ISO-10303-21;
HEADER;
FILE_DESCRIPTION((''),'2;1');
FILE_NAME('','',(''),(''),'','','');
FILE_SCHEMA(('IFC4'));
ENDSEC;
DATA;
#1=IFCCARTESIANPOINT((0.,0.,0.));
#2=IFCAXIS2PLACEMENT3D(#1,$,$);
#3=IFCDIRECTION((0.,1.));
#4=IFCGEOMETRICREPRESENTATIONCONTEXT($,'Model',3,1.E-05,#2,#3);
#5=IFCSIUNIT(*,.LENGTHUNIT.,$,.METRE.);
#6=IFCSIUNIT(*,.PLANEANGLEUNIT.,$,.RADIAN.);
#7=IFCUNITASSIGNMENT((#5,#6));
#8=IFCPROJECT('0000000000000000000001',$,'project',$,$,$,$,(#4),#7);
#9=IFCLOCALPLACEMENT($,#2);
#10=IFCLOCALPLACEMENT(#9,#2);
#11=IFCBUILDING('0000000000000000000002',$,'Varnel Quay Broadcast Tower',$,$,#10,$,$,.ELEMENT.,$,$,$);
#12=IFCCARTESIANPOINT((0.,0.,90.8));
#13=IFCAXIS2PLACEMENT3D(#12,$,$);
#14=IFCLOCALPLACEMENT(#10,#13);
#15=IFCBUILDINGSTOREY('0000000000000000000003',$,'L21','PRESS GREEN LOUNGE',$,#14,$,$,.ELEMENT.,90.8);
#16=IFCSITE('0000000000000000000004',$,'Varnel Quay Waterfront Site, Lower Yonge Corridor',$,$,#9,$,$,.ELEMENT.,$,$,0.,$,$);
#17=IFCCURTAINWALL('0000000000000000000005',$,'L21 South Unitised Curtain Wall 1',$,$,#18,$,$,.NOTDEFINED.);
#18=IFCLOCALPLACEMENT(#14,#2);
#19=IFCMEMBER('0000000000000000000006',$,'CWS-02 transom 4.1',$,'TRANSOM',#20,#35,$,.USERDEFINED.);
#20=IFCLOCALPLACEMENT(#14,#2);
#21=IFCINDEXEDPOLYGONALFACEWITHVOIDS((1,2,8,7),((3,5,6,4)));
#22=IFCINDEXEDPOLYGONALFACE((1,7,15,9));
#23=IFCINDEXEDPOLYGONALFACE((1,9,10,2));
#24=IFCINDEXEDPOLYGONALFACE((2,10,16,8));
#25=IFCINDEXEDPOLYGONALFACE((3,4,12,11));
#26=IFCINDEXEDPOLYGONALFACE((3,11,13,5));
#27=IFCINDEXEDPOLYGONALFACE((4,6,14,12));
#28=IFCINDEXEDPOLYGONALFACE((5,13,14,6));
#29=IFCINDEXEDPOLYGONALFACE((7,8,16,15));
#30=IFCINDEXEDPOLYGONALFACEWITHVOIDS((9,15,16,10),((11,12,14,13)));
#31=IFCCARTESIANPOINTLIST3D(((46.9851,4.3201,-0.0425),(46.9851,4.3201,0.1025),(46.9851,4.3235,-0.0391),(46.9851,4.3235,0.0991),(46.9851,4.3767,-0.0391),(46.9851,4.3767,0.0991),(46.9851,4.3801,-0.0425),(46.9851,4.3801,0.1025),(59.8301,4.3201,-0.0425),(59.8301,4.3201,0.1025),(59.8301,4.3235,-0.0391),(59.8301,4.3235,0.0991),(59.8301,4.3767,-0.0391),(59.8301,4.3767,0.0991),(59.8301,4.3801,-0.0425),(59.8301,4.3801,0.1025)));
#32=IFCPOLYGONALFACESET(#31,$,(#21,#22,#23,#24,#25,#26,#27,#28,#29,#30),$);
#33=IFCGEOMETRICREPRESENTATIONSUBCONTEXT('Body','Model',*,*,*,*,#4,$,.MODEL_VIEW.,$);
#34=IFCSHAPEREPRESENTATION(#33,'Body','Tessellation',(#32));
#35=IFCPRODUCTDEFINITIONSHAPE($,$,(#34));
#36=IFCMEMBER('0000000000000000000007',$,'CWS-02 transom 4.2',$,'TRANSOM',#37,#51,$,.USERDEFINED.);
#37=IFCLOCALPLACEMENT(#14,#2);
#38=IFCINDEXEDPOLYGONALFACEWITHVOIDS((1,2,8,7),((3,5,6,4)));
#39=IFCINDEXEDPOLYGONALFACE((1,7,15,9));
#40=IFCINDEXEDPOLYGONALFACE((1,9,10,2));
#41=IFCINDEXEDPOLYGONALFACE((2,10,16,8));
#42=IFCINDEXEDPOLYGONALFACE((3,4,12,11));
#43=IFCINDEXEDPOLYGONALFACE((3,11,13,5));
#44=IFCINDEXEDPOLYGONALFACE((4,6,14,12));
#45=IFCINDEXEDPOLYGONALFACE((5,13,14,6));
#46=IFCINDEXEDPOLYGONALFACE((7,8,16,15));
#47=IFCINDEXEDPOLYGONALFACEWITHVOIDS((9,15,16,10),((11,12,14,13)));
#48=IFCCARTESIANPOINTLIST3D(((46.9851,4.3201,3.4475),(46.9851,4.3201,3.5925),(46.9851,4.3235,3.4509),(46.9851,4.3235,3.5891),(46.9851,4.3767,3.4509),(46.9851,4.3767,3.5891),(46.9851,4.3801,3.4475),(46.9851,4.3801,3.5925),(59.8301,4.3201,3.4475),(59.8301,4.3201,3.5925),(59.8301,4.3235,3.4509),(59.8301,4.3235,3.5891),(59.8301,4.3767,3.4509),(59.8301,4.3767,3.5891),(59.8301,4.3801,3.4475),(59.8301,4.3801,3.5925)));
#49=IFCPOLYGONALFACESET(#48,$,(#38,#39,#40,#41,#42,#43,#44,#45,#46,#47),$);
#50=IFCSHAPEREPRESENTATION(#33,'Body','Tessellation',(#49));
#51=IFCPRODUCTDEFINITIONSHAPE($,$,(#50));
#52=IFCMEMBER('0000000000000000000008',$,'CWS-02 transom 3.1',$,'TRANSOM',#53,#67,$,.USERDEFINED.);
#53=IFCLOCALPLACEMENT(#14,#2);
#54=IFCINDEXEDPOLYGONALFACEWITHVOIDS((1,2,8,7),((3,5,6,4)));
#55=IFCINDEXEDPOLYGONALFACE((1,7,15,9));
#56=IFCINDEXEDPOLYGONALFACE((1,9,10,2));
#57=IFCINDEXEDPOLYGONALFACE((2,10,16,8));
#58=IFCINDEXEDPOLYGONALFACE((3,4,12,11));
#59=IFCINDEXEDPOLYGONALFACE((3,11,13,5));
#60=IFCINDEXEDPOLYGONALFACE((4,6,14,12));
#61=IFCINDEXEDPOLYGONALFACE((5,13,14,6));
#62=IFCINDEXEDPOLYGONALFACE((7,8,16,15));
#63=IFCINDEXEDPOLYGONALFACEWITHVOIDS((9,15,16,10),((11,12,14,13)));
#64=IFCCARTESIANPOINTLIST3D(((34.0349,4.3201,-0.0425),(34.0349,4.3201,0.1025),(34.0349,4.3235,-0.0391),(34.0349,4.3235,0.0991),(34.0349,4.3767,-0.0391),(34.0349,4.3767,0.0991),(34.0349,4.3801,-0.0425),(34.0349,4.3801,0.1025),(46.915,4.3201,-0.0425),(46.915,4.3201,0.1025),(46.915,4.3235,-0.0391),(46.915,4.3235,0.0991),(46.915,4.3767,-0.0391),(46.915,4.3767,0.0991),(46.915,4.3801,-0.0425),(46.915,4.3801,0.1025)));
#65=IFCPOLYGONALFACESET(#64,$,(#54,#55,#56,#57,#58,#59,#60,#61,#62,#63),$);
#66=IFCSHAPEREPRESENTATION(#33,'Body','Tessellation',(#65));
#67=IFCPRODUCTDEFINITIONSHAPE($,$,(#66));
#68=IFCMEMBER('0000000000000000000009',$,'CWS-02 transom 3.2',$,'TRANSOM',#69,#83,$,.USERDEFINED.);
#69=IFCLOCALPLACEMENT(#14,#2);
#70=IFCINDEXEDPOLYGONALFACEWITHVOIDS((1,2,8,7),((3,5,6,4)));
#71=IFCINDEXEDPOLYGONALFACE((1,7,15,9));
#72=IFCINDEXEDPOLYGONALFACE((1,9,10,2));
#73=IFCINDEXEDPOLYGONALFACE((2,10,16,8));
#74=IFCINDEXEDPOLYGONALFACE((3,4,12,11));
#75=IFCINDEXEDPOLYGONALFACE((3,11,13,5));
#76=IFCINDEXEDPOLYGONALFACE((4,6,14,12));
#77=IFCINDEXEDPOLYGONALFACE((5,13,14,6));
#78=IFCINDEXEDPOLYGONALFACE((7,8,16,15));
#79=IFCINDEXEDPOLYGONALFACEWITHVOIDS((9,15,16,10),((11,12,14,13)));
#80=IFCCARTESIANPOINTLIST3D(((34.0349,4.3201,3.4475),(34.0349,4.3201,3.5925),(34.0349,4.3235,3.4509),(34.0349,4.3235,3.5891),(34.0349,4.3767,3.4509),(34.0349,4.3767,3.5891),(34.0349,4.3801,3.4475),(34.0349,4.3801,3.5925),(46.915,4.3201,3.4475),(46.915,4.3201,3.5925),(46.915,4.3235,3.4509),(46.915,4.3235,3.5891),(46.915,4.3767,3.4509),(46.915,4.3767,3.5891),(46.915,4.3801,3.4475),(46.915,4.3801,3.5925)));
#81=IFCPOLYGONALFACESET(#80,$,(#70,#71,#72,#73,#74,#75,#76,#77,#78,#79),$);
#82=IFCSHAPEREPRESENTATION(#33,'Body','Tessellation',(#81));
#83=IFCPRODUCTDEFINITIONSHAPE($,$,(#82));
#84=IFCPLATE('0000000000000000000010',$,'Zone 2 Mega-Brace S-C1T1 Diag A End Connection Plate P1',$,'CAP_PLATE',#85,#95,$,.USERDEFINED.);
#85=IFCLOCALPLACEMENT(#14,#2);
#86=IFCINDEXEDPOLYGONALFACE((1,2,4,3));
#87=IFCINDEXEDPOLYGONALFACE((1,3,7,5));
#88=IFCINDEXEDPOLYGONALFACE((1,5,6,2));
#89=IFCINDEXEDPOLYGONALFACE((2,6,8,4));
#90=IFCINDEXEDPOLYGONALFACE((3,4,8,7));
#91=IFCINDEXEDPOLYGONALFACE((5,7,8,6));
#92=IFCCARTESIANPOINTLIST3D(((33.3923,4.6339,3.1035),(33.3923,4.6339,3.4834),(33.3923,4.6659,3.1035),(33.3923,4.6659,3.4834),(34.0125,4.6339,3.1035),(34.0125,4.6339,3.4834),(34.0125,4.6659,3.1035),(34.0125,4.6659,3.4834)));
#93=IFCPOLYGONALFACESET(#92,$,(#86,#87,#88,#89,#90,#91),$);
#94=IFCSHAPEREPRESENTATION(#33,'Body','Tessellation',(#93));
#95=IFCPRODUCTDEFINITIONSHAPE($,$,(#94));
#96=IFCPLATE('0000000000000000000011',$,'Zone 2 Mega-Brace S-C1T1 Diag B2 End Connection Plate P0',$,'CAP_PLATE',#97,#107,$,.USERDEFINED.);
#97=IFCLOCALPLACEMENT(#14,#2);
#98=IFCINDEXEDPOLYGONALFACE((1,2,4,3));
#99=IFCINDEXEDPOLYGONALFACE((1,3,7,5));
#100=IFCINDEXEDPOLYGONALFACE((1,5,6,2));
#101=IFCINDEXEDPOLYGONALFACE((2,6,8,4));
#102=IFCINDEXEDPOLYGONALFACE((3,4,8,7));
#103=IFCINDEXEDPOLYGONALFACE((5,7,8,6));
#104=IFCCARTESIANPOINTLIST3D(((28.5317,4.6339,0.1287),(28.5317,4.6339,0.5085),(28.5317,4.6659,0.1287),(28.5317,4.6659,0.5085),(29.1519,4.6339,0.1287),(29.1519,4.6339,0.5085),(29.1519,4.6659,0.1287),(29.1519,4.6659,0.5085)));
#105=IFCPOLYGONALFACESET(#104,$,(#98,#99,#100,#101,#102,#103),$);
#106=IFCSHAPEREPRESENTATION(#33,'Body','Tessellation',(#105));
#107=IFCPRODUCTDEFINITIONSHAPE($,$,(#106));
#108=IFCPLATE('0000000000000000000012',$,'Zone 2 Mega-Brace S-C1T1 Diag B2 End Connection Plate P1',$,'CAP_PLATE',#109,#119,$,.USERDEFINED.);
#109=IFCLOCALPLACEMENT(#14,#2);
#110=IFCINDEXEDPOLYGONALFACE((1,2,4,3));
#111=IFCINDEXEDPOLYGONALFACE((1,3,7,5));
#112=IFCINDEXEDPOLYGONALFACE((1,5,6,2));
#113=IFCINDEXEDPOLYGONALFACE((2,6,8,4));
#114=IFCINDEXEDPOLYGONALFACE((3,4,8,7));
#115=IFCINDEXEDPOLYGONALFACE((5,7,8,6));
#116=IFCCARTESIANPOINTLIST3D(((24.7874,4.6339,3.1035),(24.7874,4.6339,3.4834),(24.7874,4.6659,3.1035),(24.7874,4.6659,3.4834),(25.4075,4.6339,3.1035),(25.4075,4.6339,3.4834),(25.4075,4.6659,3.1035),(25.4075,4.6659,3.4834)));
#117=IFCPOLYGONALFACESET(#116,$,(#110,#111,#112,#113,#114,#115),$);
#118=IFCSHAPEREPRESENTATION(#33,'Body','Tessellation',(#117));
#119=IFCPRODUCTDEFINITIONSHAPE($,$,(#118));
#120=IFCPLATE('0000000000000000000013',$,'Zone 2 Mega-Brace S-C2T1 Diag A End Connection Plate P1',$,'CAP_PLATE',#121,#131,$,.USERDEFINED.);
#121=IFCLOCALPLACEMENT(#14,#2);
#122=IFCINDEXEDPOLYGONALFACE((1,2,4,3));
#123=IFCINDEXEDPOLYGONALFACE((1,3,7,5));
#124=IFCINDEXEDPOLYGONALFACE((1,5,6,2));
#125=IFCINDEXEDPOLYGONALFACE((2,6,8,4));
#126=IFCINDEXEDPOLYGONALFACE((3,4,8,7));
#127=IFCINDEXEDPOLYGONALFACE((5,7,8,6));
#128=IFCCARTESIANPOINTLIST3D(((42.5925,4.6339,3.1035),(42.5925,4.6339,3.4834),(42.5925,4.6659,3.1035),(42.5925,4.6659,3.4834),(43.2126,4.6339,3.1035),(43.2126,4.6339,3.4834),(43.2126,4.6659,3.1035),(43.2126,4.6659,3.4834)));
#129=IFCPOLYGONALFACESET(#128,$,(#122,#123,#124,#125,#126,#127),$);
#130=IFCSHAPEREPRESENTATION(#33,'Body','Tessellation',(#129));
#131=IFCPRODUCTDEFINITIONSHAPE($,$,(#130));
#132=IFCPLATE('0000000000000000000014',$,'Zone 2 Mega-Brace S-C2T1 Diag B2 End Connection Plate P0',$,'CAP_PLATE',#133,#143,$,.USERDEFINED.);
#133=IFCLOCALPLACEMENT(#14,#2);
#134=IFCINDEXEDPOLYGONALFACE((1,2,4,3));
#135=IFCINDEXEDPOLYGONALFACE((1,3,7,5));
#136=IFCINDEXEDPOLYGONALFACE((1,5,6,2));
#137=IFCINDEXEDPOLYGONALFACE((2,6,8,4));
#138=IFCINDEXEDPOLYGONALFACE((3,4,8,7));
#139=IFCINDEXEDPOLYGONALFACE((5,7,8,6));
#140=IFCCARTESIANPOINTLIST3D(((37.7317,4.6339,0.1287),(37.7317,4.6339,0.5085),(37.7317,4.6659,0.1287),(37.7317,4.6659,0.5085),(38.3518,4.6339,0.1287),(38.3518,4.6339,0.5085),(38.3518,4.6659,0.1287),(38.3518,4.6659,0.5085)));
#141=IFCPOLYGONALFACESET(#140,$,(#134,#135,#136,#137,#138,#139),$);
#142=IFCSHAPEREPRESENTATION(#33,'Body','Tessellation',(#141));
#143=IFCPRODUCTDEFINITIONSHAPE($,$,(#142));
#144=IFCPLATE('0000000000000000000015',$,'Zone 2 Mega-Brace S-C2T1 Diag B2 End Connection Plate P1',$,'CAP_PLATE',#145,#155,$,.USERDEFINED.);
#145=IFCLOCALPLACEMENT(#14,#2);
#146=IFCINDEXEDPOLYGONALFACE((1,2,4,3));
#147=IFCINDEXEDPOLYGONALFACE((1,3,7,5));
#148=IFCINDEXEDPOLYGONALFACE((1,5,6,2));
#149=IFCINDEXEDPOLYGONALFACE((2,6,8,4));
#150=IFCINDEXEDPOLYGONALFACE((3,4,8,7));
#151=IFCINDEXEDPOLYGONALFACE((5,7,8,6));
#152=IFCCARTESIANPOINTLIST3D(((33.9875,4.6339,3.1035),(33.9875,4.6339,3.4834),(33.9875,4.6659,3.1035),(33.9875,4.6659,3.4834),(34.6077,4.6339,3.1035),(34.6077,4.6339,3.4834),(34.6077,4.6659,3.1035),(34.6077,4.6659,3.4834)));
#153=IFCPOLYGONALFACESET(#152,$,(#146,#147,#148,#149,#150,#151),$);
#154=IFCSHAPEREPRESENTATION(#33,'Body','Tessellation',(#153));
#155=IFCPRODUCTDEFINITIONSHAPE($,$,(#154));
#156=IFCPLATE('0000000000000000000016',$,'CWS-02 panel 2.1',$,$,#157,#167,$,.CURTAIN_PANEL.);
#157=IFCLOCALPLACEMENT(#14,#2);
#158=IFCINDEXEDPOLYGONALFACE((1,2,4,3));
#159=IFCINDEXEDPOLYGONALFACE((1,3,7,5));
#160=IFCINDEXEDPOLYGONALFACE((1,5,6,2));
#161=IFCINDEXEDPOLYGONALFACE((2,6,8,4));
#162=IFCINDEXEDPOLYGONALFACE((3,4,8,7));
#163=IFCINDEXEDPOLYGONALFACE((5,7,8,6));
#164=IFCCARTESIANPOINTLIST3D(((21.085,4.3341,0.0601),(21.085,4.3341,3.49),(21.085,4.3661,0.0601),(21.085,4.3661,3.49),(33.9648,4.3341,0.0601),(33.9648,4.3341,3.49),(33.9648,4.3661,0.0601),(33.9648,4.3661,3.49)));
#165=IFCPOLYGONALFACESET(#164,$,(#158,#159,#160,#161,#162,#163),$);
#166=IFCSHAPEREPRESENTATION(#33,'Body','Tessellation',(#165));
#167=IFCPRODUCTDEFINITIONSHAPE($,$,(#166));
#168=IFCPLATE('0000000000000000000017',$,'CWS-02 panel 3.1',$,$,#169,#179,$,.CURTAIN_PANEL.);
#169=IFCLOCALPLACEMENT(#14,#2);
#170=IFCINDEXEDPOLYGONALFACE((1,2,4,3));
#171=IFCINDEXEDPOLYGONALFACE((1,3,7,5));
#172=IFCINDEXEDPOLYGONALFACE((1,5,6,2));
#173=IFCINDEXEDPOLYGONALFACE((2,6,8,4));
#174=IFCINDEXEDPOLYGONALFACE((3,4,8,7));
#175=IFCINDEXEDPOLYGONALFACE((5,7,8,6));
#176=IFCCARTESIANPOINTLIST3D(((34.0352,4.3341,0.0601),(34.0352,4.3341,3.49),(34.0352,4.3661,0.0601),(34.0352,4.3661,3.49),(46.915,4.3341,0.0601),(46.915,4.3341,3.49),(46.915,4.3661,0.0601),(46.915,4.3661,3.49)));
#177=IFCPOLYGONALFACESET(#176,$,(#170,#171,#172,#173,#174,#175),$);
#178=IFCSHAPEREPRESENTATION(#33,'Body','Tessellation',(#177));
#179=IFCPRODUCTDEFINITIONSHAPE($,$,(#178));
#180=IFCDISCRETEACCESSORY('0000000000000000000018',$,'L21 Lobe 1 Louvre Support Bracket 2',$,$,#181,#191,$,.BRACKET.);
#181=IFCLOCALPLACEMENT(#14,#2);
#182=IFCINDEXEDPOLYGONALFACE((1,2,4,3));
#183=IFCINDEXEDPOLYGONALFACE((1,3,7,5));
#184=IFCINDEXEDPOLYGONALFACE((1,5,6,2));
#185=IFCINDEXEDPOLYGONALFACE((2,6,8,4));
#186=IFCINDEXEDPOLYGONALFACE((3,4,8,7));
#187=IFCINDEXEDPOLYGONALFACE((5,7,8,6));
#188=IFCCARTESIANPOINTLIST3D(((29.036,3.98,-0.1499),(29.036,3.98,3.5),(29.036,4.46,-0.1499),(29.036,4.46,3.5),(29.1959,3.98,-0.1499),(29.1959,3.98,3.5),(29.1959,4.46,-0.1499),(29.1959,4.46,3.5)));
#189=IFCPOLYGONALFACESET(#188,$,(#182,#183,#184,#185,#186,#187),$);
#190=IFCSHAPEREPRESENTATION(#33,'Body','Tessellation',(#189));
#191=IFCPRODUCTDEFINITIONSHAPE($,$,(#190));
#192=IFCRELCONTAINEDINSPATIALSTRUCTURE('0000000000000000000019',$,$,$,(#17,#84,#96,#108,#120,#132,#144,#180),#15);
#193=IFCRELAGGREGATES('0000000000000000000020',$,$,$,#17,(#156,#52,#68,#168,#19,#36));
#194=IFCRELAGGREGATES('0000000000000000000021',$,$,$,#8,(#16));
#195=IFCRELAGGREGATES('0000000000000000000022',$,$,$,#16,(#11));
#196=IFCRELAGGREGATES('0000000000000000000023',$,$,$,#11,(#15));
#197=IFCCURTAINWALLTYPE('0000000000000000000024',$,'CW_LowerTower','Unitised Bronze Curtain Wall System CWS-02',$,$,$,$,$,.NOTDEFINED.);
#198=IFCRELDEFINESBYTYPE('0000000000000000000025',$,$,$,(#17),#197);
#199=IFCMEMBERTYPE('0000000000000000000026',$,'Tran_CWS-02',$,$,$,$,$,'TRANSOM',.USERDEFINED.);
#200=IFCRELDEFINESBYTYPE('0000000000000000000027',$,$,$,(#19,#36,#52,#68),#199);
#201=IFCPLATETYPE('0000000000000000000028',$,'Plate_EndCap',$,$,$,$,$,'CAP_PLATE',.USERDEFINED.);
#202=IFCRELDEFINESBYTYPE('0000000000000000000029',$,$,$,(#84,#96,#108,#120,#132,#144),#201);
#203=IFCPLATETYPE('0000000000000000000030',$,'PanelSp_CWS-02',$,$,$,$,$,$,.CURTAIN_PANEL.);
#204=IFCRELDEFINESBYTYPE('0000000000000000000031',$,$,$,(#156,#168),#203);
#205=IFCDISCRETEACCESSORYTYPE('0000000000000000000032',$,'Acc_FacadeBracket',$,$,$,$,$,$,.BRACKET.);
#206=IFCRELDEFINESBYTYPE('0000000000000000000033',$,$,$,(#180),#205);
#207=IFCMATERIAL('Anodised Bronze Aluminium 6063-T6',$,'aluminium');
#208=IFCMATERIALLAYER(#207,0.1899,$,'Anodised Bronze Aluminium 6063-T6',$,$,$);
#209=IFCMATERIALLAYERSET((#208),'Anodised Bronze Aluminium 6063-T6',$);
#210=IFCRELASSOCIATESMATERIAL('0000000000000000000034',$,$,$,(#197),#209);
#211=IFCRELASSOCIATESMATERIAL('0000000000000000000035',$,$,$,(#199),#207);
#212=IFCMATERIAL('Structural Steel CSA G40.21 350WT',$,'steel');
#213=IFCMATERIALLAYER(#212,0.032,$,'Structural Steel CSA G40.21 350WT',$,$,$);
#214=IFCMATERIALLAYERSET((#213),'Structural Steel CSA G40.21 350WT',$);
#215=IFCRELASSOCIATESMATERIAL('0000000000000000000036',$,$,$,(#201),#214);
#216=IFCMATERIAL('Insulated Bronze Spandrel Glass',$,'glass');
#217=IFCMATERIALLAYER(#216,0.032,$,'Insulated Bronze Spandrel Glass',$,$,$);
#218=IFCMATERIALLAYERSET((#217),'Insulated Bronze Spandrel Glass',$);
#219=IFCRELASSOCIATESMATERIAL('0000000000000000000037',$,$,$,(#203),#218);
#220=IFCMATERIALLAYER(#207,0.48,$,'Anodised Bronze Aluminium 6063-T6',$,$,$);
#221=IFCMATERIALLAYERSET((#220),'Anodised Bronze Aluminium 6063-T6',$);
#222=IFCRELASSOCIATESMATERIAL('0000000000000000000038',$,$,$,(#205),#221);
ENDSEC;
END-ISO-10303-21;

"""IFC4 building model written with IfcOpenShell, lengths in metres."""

from ifc_helpers import new_model, si_unit, direction, frame, origin, origin_2d, place, context, subcontext, project, spatial, rectangle, hollow_rectangle, extrude, source, transform, mapped, material, layer, layer_set, material_profile, profile_set, type_object, type_shapes, element, aggregate, save


model = new_model("IFC4")

# Units and contexts
model_context = context("Model", 3, precision=1e-05, world=origin(), true_north=direction((0.0, 1.0)))
body_context = subcontext(model_context, "Body", "Model", "MODEL_VIEW")
ifc_project = project(units=[si_unit("LENGTHUNIT", "METRE"), si_unit("PLANEANGLEUNIT", "RADIAN")], contexts=[model_context])

# Site, building, storey
site_placement = place(None, origin())
site = spatial("IfcSite", under=ifc_project, at=site_placement, Name="Varnel Quay Waterfront Site, Lower Yonge Corridor", CompositionType="ELEMENT", RefElevation=0.0)
building_placement = place(site_placement, origin())
building = spatial("IfcBuilding", under=site, at=building_placement, Name="Varnel Quay Broadcast Tower", CompositionType="ELEMENT")
storey_placement = place(building_placement, frame((0.0, 0.0, 90.8)))
storey = spatial("IfcBuildingStorey", under=building, at=storey_placement, Name="L21", Description="PRESS GREEN LOUNGE", CompositionType="ELEMENT", Elevation=90.8)

# Curtain wall, members
ifc_material_1 = material(Name="Anodised Bronze Aluminium 6063-T6", Category="aluminium")
ifc_layer_1 = layer(ifc_material_1, 0.1899, Name="Anodised Bronze Aluminium 6063-T6")
ifc_layer_set_1 = layer_set([ifc_layer_1], Name="Anodised Bronze Aluminium 6063-T6")
curtain_wall_type = type_object("IfcCurtainWallType", Name="CW_LowerTower", Description="Unitised Bronze Curtain Wall System CWS-02", PredefinedType="NOTDEFINED", material=ifc_layer_set_1)
curtain_wall_placement = place(storey_placement, origin())
curtain_wall = element("IfcCurtainWall", 1, at=curtain_wall_placement, inside=storey, type_object=curtain_wall_type, Name="L21 South Unitised Curtain Wall 1", PredefinedType="NOTDEFINED")
ifc_material_profile_1 = material_profile(ifc_material_1, hollow_rectangle(XDim=0.0601, YDim=0.145, WallThickness=0.0034, at=origin_2d()), Name="ALU60X145X3.5")
ifc_profile_set_1 = profile_set([ifc_material_profile_1], Name="Anodised Bronze Aluminium 6063-T6")
member_type_1 = type_object("IfcMemberType", Name="Tran_CWS-02", ElementType="TRANSOM", PredefinedType="USERDEFINED", material=ifc_profile_set_1)
shared_shape_1 = source(origin(), body_context, "Body", "SweptSolid", [
    extrude(hollow_rectangle(XDim=0.0601, YDim=0.145, WallThickness=0.0034, at=origin_2d()), origin(), (0.0, 0.0, 1.0), 12.845),
])
member_1_placement = place(storey_placement, frame((46.9851, 4.3501, 0.03), z_axis=(1.0, 0.0, 0.0), x_axis=(0.0, 1.0, 0.0)))
member_1 = element("IfcMember", 2, at=member_1_placement, type_object=member_type_1, Name="CWS-02 transom 4.1", ObjectType="TRANSOM", PredefinedType="USERDEFINED", context=body_context, shape_type="MappedRepresentation", body=[
    mapped(shared_shape_1, transform((0.0, 0.0, 0.0), x_axis=(1.0, 0.0, 0.0), y_axis=(0.0, 1.0, 0.0), z_axis=(0.0, 0.0, 1.0), scale=1.0)),
])
member_2_placement = place(storey_placement, frame((46.9851, 4.3501, 3.52), z_axis=(1.0, 0.0, 0.0), x_axis=(0.0, 1.0, 0.0)))
member_2 = element("IfcMember", 3, at=member_2_placement, type_object=member_type_1, Name="CWS-02 transom 4.2", ObjectType="TRANSOM", PredefinedType="USERDEFINED", context=body_context, shape_type="MappedRepresentation", body=[
    mapped(shared_shape_1, transform((0.0, 0.0, 0.0), x_axis=(1.0, 0.0, 0.0), y_axis=(0.0, 1.0, 0.0), z_axis=(0.0, 0.0, 1.0), scale=1.0)),
])
shared_shape_2 = source(origin(), body_context, "Body", "SweptSolid", [
    extrude(hollow_rectangle(XDim=0.0601, YDim=0.145, WallThickness=0.0034, at=origin_2d()), origin(), (0.0, 0.0, 1.0), 12.8801),
])
type_shapes(member_type_1, [shared_shape_1, shared_shape_2])
member_3_placement = place(storey_placement, frame((34.0349, 4.3501, 0.03), z_axis=(1.0, 0.0, 0.0), x_axis=(0.0, 1.0, 0.0)))
member_3 = element("IfcMember", 4, at=member_3_placement, type_object=member_type_1, Name="CWS-02 transom 3.1", ObjectType="TRANSOM", PredefinedType="USERDEFINED", context=body_context, shape_type="MappedRepresentation", body=[
    mapped(shared_shape_2, transform((0.0, 0.0, 0.0), x_axis=(1.0, 0.0, 0.0), y_axis=(0.0, 1.0, 0.0), z_axis=(0.0, 0.0, 1.0), scale=1.0)),
])
member_4_placement = place(storey_placement, frame((34.0349, 4.3501, 3.52), z_axis=(1.0, 0.0, 0.0), x_axis=(0.0, 1.0, 0.0)))
member_4 = element("IfcMember", 5, at=member_4_placement, type_object=member_type_1, Name="CWS-02 transom 3.2", ObjectType="TRANSOM", PredefinedType="USERDEFINED", context=body_context, shape_type="MappedRepresentation", body=[
    mapped(shared_shape_2, transform((0.0, 0.0, 0.0), x_axis=(1.0, 0.0, 0.0), y_axis=(0.0, 1.0, 0.0), z_axis=(0.0, 0.0, 1.0), scale=1.0)),
])

# Plates
ifc_material_2 = material(Name="Structural Steel CSA G40.21 350WT", Category="steel")
ifc_layer_2 = layer(ifc_material_2, 0.032, Name="Structural Steel CSA G40.21 350WT")
ifc_layer_set_2 = layer_set([ifc_layer_2], Name="Structural Steel CSA G40.21 350WT")
plate_type_1 = type_object("IfcPlateType", Name="Plate_EndCap", ElementType="CAP_PLATE", PredefinedType="USERDEFINED", material=ifc_layer_set_2)
shared_shape_3 = source(origin(), body_context, "Body", "SweptSolid", [
    extrude(rectangle(XDim=0.6201, YDim=0.032, at=origin_2d()), origin(), (0.0, 0.0, 1.0), 0.3799),
])
type_shapes(plate_type_1, [shared_shape_3])
for number, where, z_axis, x_axis, name in (
    (6, (33.7024, 4.6499, 3.1035), (0.0, 0.0, 1.0), (1.0, 0.0, 0.0), "Zone 2 Mega-Brace S-C1T1 Diag A End Connection Plate P1"),
    (7, (28.8418, 4.6499, 0.1287), (0.0, 0.0, 1.0), (1.0, 0.0, 0.0), "Zone 2 Mega-Brace S-C1T1 Diag B2 End Connection Plate P0"),
    (8, (25.0974, 4.6499, 3.1035), (0.0, 0.0, 1.0), (1.0, 0.0, 0.0), "Zone 2 Mega-Brace S-C1T1 Diag B2 End Connection Plate P1"),
    (9, (42.9026, 4.6499, 3.1035), (0.0, 0.0, 1.0), (1.0, 0.0, 0.0), "Zone 2 Mega-Brace S-C2T1 Diag A End Connection Plate P1"),
    (10, (38.0417, 4.6499, 0.1287), (0.0, 0.0, 1.0), (1.0, 0.0, 0.0), "Zone 2 Mega-Brace S-C2T1 Diag B2 End Connection Plate P0"),
    (11, (34.2976, 4.6499, 3.1035), (0.0, 0.0, 1.0), (1.0, 0.0, 0.0), "Zone 2 Mega-Brace S-C2T1 Diag B2 End Connection Plate P1"),
):
    element("IfcPlate", number, at=place(storey_placement, frame(where, z_axis=z_axis, x_axis=x_axis)), inside=storey, type_object=plate_type_1, Name=name, ObjectType="CAP_PLATE", PredefinedType="USERDEFINED", context=body_context, shape_type="MappedRepresentation", body=[
        mapped(shared_shape_3, transform((0.0, 0.0, 0.0), x_axis=(1.0, 0.0, 0.0), y_axis=(0.0, 1.0, 0.0), z_axis=(0.0, 0.0, 1.0), scale=1.0)),
    ])

# Plates
ifc_material_3 = material(Name="Insulated Bronze Spandrel Glass", Category="glass")
ifc_layer_3 = layer(ifc_material_3, 0.032, Name="Insulated Bronze Spandrel Glass")
ifc_layer_set_3 = layer_set([ifc_layer_3], Name="Insulated Bronze Spandrel Glass")
plate_type_2 = type_object("IfcPlateType", Name="PanelSp_CWS-02", PredefinedType="CURTAIN_PANEL", material=ifc_layer_set_3)
shared_shape_4 = source(origin(), body_context, "Body", "SweptSolid", [
    extrude(rectangle(XDim=12.8799, YDim=0.032, at=origin_2d()), origin(), (0.0, 0.0, 1.0), 3.4299),
])
type_shapes(plate_type_2, [shared_shape_4])
plate_1_placement = place(storey_placement, frame((27.5249, 4.3501, 0.0601), z_axis=(0.0, 0.0, 1.0), x_axis=(1.0, 0.0, 0.0)))
plate_1 = element("IfcPlate", 12, at=plate_1_placement, type_object=plate_type_2, Name="CWS-02 panel 2.1", PredefinedType="CURTAIN_PANEL", context=body_context, shape_type="MappedRepresentation", body=[
    mapped(shared_shape_4, transform((0.0, 0.0, 0.0), x_axis=(1.0, 0.0, 0.0), y_axis=(0.0, 1.0, 0.0), z_axis=(0.0, 0.0, 1.0), scale=1.0)),
])
plate_2_placement = place(storey_placement, frame((40.4751, 4.3501, 0.0601), z_axis=(0.0, 0.0, 1.0), x_axis=(1.0, 0.0, 0.0)))
plate_2 = element("IfcPlate", 13, at=plate_2_placement, type_object=plate_type_2, Name="CWS-02 panel 3.1", PredefinedType="CURTAIN_PANEL", context=body_context, shape_type="MappedRepresentation", body=[
    mapped(shared_shape_4, transform((0.0, 0.0, 0.0), x_axis=(1.0, 0.0, 0.0), y_axis=(0.0, 1.0, 0.0), z_axis=(0.0, 0.0, 1.0), scale=1.0)),
])
aggregate(curtain_wall, [plate_1, member_3, member_4, plate_2, member_1, member_2])

# Discrete accessory
ifc_layer_4 = layer(ifc_material_1, 0.48, Name="Anodised Bronze Aluminium 6063-T6")
ifc_layer_set_4 = layer_set([ifc_layer_4], Name="Anodised Bronze Aluminium 6063-T6")
discrete_accessory_type = type_object("IfcDiscreteAccessoryType", Name="Acc_FacadeBracket", PredefinedType="BRACKET", material=ifc_layer_set_4)
shared_shape_5 = source(origin(), body_context, "Body", "SweptSolid", [
    extrude(rectangle(XDim=0.1599, YDim=0.48, at=origin_2d()), origin(), (0.0, 0.0, 1.0), 3.6499),
])
type_shapes(discrete_accessory_type, [shared_shape_5])
for number, where, z_axis, x_axis, name in (
    (14, (29.116, 4.22, -0.1499), (0.0, 0.0, 1.0), (1.0, 0.0, 0.0), "L21 Lobe 1 Louvre Support Bracket 2"),
):
    element("IfcDiscreteAccessory", number, at=place(storey_placement, frame(where, z_axis=z_axis, x_axis=x_axis)), inside=storey, type_object=discrete_accessory_type, Name=name, PredefinedType="BRACKET", context=body_context, shape_type="MappedRepresentation", body=[
        mapped(shared_shape_5, transform((0.0, 0.0, 0.0), x_axis=(1.0, 0.0, 0.0), y_axis=(0.0, 1.0, 0.0), z_axis=(0.0, 0.0, 1.0), scale=1.0)),
    ])

save(model, "model.ifc")
